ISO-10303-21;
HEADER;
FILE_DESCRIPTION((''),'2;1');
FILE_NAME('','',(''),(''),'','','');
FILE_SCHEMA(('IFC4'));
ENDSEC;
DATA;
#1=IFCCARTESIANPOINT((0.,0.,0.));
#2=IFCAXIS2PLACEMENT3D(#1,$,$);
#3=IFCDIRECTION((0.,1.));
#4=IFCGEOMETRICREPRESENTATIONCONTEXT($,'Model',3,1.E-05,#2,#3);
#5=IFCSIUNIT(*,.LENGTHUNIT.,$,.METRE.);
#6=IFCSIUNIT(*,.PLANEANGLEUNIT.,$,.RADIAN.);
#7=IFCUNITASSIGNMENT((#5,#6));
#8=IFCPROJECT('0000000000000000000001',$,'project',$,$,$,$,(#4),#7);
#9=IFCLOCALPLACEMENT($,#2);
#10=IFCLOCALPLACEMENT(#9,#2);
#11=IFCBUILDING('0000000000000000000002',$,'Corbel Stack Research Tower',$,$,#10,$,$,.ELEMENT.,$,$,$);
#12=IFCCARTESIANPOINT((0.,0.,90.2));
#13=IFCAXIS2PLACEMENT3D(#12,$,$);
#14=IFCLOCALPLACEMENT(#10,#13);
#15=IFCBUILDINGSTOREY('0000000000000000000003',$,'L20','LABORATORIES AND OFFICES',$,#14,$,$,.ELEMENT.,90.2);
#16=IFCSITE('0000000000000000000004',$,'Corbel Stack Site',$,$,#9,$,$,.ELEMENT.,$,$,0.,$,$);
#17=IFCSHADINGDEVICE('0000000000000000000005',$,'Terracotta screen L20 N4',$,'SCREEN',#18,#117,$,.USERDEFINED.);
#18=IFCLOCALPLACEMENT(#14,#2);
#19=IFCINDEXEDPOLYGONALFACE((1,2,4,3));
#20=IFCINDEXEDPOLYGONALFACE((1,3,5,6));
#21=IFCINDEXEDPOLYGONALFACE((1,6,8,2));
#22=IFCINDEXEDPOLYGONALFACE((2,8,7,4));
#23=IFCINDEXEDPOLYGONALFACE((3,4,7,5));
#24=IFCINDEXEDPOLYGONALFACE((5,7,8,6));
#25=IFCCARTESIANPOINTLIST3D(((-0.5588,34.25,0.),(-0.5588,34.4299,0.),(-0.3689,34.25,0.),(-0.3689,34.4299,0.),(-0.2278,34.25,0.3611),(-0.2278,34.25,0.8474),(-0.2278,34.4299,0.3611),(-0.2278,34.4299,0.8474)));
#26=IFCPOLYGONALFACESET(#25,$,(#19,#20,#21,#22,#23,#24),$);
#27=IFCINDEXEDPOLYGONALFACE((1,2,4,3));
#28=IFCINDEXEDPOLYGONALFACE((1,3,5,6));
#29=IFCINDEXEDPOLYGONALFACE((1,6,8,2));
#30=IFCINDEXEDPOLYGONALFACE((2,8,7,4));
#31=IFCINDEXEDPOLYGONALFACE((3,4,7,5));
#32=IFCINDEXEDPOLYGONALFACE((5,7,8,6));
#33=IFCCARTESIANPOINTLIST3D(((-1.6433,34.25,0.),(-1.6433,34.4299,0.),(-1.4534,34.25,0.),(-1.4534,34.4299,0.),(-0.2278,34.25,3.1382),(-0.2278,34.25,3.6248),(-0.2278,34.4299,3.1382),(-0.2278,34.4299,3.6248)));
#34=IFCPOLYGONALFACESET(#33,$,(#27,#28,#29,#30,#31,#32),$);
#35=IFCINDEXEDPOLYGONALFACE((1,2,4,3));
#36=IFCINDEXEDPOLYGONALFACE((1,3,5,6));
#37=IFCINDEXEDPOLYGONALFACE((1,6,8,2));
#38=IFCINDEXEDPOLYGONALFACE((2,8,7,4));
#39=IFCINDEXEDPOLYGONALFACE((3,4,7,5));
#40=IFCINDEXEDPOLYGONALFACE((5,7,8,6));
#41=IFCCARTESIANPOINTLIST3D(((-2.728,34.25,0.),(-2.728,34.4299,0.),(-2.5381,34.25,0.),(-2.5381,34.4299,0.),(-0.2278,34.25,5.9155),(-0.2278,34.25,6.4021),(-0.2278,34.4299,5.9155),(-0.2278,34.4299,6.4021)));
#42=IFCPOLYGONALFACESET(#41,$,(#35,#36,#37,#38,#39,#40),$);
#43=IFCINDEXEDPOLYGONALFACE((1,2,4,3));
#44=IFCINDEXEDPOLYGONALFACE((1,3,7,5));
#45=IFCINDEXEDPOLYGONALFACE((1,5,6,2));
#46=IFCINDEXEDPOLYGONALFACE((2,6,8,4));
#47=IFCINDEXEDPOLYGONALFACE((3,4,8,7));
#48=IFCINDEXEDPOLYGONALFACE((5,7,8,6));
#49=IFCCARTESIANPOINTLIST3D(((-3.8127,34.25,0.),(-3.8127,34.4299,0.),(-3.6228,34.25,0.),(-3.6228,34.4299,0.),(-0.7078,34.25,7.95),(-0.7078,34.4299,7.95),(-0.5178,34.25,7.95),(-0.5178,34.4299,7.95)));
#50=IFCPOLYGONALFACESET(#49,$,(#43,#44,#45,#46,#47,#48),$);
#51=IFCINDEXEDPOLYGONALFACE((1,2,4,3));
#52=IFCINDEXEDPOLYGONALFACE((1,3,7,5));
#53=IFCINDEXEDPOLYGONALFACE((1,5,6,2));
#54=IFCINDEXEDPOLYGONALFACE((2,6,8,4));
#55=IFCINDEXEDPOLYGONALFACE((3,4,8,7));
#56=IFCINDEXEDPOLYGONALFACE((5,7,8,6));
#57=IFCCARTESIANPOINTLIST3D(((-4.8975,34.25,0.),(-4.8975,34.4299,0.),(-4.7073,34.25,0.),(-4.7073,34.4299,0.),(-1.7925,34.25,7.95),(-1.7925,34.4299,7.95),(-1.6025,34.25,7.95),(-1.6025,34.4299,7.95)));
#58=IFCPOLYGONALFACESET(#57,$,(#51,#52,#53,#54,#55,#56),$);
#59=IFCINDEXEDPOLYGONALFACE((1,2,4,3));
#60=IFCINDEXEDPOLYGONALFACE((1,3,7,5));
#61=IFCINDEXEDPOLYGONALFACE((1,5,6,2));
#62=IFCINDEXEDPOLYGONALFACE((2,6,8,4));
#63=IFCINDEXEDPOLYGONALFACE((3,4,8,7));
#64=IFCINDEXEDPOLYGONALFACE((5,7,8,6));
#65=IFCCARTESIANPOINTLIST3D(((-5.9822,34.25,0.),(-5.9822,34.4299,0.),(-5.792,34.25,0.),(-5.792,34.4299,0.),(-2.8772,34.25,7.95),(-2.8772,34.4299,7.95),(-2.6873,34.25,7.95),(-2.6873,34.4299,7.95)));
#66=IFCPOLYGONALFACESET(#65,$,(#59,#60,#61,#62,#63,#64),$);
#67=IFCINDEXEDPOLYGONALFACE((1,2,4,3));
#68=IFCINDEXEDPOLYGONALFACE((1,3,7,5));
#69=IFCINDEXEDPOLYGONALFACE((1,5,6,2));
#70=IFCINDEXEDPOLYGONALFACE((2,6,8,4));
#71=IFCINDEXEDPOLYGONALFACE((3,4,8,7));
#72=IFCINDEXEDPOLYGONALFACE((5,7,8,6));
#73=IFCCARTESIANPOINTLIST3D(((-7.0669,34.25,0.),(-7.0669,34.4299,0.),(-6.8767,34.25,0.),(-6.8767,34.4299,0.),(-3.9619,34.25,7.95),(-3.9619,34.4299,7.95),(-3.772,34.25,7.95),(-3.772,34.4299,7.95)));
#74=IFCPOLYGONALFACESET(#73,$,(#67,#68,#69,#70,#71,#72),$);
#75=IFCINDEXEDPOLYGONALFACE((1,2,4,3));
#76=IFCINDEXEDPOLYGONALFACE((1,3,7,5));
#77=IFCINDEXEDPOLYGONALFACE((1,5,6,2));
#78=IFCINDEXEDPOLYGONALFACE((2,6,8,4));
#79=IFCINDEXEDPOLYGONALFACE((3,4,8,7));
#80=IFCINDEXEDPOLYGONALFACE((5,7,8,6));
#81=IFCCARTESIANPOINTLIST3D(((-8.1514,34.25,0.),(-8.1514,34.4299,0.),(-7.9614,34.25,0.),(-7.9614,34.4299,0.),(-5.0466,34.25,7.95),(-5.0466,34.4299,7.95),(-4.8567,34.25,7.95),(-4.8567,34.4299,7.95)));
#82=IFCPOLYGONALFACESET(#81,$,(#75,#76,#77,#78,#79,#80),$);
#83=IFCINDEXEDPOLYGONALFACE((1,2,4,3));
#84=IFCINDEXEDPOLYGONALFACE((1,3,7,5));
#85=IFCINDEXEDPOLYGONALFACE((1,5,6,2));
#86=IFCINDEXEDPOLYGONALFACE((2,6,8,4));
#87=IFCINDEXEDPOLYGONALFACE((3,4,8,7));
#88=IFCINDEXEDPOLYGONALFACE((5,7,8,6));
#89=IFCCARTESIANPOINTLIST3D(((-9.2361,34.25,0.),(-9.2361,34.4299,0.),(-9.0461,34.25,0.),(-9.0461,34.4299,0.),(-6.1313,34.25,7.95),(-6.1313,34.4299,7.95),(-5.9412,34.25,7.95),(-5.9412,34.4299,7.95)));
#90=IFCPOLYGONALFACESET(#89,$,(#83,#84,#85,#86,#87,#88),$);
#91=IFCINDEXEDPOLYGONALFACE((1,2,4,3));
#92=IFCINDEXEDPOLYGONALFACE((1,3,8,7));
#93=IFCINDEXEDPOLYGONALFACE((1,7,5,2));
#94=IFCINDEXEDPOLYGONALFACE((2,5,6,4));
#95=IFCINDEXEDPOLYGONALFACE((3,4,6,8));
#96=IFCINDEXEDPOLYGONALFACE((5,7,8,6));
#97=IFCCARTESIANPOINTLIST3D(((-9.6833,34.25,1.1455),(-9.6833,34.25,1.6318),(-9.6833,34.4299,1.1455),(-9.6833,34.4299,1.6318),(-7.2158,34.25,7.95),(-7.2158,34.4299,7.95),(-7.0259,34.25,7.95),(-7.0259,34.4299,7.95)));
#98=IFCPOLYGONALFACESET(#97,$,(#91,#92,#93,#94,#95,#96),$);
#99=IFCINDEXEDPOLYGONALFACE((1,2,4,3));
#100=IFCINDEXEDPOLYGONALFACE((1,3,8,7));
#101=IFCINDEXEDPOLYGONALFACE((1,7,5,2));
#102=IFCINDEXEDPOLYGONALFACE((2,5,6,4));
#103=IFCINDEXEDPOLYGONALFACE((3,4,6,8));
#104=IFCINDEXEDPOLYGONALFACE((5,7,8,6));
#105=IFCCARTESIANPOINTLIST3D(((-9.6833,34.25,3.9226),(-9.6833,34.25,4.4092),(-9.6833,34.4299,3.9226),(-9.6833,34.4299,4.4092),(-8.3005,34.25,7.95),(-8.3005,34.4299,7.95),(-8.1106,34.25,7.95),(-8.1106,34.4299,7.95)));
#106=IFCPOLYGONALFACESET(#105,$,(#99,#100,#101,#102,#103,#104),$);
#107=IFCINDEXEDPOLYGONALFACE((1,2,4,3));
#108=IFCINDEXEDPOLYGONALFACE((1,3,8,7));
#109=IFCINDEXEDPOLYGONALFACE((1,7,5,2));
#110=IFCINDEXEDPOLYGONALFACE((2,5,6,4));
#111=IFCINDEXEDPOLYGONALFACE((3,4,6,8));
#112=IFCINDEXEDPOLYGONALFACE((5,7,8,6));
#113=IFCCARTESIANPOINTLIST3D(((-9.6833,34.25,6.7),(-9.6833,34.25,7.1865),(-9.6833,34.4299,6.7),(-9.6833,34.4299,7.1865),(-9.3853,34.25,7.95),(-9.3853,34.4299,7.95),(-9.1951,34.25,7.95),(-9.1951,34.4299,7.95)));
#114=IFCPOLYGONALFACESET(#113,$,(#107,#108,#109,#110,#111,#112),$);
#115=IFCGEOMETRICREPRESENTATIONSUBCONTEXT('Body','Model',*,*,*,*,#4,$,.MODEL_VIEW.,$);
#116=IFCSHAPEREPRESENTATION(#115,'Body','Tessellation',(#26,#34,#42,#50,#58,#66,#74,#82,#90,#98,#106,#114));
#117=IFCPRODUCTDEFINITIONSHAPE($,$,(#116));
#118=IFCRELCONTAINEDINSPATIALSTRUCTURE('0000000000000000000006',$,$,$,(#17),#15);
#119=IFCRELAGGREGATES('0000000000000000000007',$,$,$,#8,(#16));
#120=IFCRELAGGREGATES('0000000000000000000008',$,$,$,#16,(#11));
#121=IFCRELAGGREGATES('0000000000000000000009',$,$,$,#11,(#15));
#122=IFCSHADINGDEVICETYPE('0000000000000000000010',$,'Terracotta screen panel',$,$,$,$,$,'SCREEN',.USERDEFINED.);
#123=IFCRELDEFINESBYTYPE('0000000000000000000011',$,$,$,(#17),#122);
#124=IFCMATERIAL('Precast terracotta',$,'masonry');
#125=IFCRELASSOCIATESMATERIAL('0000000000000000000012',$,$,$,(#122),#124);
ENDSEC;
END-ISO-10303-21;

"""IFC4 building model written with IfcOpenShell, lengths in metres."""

from ifc_helpers import new_model, si_unit, direction, frame, origin, place, context, subcontext, project, spatial, polyline, outline, extrude, source, transform, mapped, material, type_object, element, save


model = new_model("IFC4")

# Units and contexts
model_context = context("Model", 3, precision=1e-05, world=origin(), true_north=direction((0.0, 1.0)))
body_context = subcontext(model_context, "Body", "Model", "MODEL_VIEW")
ifc_project = project(units=[si_unit("LENGTHUNIT", "METRE"), si_unit("PLANEANGLEUNIT", "RADIAN")], contexts=[model_context])

# Site, building, storey
site_placement = place(None, origin())
site = spatial("IfcSite", under=ifc_project, at=site_placement, Name="Corbel Stack Site", CompositionType="ELEMENT", RefElevation=0.0)
building_placement = place(site_placement, origin())
building = spatial("IfcBuilding", under=site, at=building_placement, Name="Corbel Stack Research Tower", CompositionType="ELEMENT")
storey_placement = place(building_placement, frame((0.0, 0.0, 90.2)))
storey = spatial("IfcBuildingStorey", under=building, at=storey_placement, Name="L20", Description="LABORATORIES AND OFFICES", CompositionType="ELEMENT", Elevation=90.2)

# Shading device
ifc_material_1 = material(Name="Precast terracotta", Category="masonry")
shading_device_type = type_object("IfcShadingDeviceType", Name="Terracotta screen panel", ElementType="SCREEN", PredefinedType="USERDEFINED", material=ifc_material_1)
shared_shape_1 = source(origin(), body_context, "Body", "SweptSolid", [
    extrude(outline(polyline([(0.3311, 0.0), (0.0, 0.8474), (0.0, 0.3611), (0.1411, 0.0), (0.3311, 0.0)])), frame((0.0, 0.0, 0.0), z_axis=(0.0, -1.0, 0.0), x_axis=(1.0, 0.0, 0.0)), (0.0, 0.0, 1.0), 0.1799),
    extrude(outline(polyline([(1.4155, 0.0), (0.0, 3.6248), (0.0, 3.1382), (1.2256, 0.0), (1.4155, 0.0)])), frame((0.0, 0.0, 0.0), z_axis=(0.0, -1.0, 0.0), x_axis=(1.0, 0.0, 0.0)), (0.0, 0.0, 1.0), 0.1799),
    extrude(outline(polyline([(2.5002, 0.0), (0.0, 6.4021), (0.0, 5.9155), (2.3103, 0.0), (2.5002, 0.0)])), frame((0.0, 0.0, 0.0), z_axis=(0.0, -1.0, 0.0), x_axis=(1.0, 0.0, 0.0)), (0.0, 0.0, 1.0), 0.1799),
    extrude(outline(polyline([(3.585, 0.0), (0.48, 7.95), (0.29, 7.95), (3.395, 0.0), (3.585, 0.0)])), frame((0.0, 0.0, 0.0), z_axis=(0.0, -1.0, 0.0), x_axis=(1.0, 0.0, 0.0)), (0.0, 0.0, 1.0), 0.1799),
    extrude(outline(polyline([(4.6697, 0.0), (1.5647, 7.95), (1.3748, 7.95), (4.4795, 0.0), (4.6697, 0.0)])), frame((0.0, 0.0, 0.0), z_axis=(0.0, -1.0, 0.0), x_axis=(1.0, 0.0, 0.0)), (0.0, 0.0, 1.0), 0.1799),
    extrude(outline(polyline([(5.7544, 0.0), (2.6494, 7.95), (2.4595, 7.95), (5.5642, 0.0), (5.7544, 0.0)])), frame((0.0, 0.0, 0.0), z_axis=(0.0, -1.0, 0.0), x_axis=(1.0, 0.0, 0.0)), (0.0, 0.0, 1.0), 0.1799),
    extrude(outline(polyline([(6.8391, 0.0), (3.7341, 7.95), (3.5442, 7.95), (6.6489, 0.0), (6.8391, 0.0)])), frame((0.0, 0.0, 0.0), z_axis=(0.0, -1.0, 0.0), x_axis=(1.0, 0.0, 0.0)), (0.0, 0.0, 1.0), 0.1799),
    extrude(outline(polyline([(7.9236, 0.0), (4.8188, 7.95), (4.6289, 7.95), (7.7336, 0.0), (7.9236, 0.0)])), frame((0.0, 0.0, 0.0), z_axis=(0.0, -1.0, 0.0), x_axis=(1.0, 0.0, 0.0)), (0.0, 0.0, 1.0), 0.1799),
    extrude(outline(polyline([(9.0083, 0.0), (5.9036, 7.95), (5.7134, 7.95), (8.8184, 0.0), (9.0083, 0.0)])), frame((0.0, 0.0, 0.0), z_axis=(0.0, -1.0, 0.0), x_axis=(1.0, 0.0, 0.0)), (0.0, 0.0, 1.0), 0.1799),
    extrude(outline(polyline([(6.988, 7.95), (6.7981, 7.95), (9.4556, 1.1455), (9.4556, 1.6318), (6.988, 7.95)])), frame((0.0, 0.0, 0.0), z_axis=(0.0, -1.0, 0.0), x_axis=(1.0, 0.0, 0.0)), (0.0, 0.0, 1.0), 0.1799),
    extrude(outline(polyline([(8.0728, 7.95), (7.8828, 7.95), (9.4556, 3.9226), (9.4556, 4.4092), (8.0728, 7.95)])), frame((0.0, 0.0, 0.0), z_axis=(0.0, -1.0, 0.0), x_axis=(1.0, 0.0, 0.0)), (0.0, 0.0, 1.0), 0.1799),
    extrude(outline(polyline([(9.1575, 7.95), (8.9673, 7.95), (9.4556, 6.7), (9.4556, 7.1865), (9.1575, 7.95)])), frame((0.0, 0.0, 0.0), z_axis=(0.0, -1.0, 0.0), x_axis=(1.0, 0.0, 0.0)), (0.0, 0.0, 1.0), 0.1799),
])
shading_device_1_placement = place(storey_placement, frame((-0.2278, 34.25, 0.0), z_axis=(0.0, 0.0, 1.0), x_axis=(-1.0, 0.0, 0.0)))
element("IfcShadingDevice", 1, at=shading_device_1_placement, inside=storey, type_object=shading_device_type, Name="Terracotta screen L20 N4", ObjectType="SCREEN", PredefinedType="USERDEFINED", context=body_context, shape_type="MappedRepresentation", body=[
    mapped(shared_shape_1, transform((0.0, 0.0, 0.0))),
])

save(model, "model.ifc")
